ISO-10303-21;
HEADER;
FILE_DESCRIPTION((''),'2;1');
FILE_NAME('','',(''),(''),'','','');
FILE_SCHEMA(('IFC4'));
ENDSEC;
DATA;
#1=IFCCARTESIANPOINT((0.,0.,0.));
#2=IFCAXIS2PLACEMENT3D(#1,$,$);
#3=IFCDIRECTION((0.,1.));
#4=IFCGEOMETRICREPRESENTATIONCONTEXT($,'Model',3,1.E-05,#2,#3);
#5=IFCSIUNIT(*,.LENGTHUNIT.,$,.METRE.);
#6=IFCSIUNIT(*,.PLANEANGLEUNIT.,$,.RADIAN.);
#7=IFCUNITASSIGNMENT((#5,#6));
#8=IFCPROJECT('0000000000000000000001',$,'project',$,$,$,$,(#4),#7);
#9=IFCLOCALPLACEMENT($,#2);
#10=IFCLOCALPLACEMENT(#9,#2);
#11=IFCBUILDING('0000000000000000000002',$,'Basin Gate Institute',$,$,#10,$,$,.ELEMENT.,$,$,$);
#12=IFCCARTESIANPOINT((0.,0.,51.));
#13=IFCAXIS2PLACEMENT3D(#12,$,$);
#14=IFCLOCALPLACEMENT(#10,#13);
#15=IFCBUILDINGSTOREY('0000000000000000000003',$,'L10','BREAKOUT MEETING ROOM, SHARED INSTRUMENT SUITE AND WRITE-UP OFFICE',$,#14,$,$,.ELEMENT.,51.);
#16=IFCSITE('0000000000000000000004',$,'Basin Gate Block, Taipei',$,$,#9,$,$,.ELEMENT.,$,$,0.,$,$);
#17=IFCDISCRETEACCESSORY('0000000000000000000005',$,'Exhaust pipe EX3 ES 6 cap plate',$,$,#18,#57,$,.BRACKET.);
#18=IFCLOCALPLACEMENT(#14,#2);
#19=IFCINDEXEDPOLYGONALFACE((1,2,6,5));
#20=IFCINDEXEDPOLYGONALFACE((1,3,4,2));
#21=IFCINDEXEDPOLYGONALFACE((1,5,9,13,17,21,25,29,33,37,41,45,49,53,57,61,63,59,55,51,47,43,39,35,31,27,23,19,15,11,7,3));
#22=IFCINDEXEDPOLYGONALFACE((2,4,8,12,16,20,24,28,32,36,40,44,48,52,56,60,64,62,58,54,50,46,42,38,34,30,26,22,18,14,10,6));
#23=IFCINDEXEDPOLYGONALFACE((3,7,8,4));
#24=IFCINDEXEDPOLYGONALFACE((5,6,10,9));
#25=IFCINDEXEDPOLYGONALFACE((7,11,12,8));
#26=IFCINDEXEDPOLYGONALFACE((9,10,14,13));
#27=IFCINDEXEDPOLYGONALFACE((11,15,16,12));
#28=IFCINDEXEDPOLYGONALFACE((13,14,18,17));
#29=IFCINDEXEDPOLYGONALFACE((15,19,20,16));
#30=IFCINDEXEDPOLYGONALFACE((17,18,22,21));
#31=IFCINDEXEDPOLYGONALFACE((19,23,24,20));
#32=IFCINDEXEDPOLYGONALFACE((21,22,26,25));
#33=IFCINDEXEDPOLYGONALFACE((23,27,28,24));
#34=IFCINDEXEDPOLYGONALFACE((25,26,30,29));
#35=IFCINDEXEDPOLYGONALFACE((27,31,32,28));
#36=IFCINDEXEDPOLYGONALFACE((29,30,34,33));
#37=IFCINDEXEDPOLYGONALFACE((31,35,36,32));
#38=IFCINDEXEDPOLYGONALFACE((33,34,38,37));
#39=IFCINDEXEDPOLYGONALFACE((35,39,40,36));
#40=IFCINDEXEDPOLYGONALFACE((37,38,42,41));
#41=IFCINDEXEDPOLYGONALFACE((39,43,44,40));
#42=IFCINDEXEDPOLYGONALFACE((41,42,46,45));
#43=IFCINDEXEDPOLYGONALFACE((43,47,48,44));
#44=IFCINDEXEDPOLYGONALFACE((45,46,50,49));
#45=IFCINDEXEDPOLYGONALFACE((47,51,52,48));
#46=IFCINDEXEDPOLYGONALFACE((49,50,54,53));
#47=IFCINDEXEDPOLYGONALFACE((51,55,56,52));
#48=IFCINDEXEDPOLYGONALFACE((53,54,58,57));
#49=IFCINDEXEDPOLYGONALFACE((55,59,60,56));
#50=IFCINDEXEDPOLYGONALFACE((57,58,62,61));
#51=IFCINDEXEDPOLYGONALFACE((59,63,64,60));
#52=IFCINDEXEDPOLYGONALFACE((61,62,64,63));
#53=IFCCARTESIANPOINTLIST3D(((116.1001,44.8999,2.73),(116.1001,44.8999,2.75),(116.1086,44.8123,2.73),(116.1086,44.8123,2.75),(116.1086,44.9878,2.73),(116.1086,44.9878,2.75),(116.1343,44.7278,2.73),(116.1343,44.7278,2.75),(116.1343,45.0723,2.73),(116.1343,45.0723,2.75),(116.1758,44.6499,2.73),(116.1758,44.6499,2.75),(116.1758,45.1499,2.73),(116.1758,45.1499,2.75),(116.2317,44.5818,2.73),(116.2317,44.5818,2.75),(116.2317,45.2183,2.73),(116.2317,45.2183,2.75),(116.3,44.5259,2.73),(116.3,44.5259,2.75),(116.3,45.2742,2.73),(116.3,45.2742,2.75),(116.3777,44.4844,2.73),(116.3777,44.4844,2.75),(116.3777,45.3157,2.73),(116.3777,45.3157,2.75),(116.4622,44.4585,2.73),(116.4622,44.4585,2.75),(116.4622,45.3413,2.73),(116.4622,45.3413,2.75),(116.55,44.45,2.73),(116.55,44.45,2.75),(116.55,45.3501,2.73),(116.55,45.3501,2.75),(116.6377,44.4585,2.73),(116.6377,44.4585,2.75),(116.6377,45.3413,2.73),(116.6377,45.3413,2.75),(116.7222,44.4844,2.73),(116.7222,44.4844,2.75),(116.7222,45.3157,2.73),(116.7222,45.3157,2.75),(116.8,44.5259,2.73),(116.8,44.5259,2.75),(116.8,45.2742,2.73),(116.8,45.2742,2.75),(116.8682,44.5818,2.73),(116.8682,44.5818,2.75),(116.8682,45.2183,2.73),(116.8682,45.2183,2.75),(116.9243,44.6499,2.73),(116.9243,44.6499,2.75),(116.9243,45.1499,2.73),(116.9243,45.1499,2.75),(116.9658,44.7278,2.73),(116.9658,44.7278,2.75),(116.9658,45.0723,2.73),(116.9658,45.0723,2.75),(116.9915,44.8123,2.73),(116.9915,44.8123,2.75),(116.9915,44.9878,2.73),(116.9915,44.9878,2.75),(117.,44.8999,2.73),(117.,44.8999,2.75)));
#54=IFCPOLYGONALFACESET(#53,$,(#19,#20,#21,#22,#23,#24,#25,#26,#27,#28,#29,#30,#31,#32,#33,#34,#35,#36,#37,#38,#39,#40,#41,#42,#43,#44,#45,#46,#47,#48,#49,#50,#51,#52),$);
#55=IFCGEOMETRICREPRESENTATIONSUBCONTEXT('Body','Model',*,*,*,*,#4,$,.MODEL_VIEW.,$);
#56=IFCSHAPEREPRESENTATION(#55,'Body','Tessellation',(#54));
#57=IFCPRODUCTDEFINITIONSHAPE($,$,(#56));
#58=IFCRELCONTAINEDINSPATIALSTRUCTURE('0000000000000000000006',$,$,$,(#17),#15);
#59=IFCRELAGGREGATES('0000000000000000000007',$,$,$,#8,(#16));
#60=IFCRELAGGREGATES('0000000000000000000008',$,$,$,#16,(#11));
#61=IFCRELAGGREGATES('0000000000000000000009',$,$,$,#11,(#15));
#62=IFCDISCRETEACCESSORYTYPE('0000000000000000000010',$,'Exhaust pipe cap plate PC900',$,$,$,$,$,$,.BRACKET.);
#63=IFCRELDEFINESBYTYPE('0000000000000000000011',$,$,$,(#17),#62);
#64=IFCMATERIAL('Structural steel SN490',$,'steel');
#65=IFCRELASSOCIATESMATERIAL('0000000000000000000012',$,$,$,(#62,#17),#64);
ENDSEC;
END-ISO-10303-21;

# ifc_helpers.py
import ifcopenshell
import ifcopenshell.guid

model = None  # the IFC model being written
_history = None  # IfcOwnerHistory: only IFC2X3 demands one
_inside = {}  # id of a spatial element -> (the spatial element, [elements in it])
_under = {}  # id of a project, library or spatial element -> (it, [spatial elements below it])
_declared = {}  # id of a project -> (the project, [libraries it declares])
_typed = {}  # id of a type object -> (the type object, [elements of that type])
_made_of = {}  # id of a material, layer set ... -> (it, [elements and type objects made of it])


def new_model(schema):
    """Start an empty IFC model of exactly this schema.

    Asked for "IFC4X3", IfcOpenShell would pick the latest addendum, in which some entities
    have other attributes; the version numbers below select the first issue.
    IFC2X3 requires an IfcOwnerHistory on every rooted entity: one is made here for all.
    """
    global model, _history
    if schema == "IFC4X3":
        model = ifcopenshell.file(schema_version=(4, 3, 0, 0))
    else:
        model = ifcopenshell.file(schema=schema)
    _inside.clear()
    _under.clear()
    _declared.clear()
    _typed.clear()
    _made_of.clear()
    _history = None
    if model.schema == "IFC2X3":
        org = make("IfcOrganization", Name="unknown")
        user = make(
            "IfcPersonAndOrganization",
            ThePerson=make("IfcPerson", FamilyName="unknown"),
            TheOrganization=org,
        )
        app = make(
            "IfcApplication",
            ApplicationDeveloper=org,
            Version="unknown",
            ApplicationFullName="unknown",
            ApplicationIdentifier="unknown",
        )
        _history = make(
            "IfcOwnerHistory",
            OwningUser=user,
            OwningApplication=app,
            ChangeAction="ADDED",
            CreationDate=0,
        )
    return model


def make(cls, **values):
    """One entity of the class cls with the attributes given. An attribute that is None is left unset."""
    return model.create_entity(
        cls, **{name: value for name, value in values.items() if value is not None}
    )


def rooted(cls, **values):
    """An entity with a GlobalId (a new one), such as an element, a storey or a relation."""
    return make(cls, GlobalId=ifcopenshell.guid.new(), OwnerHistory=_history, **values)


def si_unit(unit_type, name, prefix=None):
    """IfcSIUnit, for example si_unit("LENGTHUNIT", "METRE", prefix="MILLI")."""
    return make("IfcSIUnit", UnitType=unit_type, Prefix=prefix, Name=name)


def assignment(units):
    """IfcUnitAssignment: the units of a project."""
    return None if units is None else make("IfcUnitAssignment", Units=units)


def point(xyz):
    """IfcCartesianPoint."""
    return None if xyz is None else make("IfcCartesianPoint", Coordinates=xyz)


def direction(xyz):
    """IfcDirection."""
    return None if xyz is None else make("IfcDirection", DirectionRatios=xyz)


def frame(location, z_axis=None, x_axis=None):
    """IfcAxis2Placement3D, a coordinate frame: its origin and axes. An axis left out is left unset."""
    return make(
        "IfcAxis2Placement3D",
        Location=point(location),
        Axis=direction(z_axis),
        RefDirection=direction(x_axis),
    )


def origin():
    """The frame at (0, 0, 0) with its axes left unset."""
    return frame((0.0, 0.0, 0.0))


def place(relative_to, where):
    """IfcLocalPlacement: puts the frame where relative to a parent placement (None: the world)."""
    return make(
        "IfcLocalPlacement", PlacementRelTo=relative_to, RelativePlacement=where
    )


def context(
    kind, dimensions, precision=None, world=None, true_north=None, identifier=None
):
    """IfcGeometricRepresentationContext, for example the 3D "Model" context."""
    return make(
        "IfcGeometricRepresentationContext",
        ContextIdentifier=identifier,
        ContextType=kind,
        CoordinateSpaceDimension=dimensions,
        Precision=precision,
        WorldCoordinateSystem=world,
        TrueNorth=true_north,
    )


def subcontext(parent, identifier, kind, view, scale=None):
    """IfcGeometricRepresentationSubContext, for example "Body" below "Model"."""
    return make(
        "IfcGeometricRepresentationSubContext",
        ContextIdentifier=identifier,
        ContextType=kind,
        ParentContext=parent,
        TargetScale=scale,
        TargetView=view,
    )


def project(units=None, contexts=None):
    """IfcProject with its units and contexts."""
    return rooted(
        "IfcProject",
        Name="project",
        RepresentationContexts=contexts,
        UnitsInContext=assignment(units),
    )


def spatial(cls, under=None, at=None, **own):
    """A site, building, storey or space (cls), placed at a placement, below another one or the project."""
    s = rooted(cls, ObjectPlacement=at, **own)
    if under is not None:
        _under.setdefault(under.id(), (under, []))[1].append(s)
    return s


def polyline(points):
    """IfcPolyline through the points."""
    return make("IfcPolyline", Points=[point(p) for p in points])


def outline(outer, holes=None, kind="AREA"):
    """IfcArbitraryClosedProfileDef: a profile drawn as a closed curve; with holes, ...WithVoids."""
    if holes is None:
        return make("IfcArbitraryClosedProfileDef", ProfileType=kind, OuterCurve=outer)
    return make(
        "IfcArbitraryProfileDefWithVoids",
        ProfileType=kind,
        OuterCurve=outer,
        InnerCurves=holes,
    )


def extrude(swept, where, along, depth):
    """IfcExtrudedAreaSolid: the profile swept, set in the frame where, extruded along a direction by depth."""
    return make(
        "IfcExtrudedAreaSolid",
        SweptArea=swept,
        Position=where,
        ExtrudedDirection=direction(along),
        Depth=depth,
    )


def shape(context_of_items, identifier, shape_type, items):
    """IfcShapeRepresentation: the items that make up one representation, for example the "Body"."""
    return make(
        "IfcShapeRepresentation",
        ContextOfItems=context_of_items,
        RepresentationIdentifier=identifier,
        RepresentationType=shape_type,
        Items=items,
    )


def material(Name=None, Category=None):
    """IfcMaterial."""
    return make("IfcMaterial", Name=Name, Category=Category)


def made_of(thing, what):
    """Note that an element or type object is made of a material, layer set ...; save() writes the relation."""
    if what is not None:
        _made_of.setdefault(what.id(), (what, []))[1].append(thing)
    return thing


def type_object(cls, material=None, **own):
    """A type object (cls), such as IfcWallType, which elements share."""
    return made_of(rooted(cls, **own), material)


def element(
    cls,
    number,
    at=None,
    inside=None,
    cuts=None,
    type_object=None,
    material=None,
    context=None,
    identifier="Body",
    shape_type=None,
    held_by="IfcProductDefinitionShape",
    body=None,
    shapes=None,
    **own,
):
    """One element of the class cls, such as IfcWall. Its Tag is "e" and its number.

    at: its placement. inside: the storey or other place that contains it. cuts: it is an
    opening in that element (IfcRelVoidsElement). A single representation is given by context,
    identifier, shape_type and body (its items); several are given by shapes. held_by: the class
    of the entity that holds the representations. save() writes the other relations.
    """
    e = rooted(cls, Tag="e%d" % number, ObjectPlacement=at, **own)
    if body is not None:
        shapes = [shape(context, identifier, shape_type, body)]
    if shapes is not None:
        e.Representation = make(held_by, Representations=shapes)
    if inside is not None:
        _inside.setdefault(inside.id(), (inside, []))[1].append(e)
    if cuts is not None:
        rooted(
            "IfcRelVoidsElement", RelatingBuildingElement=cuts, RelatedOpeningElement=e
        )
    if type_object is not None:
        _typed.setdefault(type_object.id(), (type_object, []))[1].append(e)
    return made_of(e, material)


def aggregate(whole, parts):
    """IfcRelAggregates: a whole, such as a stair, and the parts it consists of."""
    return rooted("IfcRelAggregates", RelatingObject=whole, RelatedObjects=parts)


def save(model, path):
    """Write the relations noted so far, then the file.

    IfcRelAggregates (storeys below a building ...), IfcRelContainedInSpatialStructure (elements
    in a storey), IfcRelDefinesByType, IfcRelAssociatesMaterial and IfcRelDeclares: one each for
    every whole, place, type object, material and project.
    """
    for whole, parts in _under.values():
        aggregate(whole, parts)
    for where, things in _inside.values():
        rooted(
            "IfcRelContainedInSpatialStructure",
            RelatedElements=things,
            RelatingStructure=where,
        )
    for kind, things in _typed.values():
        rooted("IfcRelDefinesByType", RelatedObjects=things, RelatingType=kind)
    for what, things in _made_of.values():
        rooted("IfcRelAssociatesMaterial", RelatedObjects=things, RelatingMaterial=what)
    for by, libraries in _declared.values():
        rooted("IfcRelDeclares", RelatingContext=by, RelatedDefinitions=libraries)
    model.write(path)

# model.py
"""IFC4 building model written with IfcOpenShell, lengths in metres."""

from ifc_helpers import new_model, si_unit, direction, frame, origin, place, context, subcontext, project, spatial, polyline, outline, extrude, material, type_object, element, save


model = new_model("IFC4")

# Units and contexts
model_context = context("Model", 3, precision=1e-05, world=origin(), true_north=direction((0.0, 1.0)))
body_context = subcontext(model_context, "Body", "Model", "MODEL_VIEW")
ifc_project = project(units=[si_unit("LENGTHUNIT", "METRE"), si_unit("PLANEANGLEUNIT", "RADIAN")], contexts=[model_context])

# Site, building, storey
site_placement = place(None, origin())
site = spatial("IfcSite", under=ifc_project, at=site_placement, Name="Basin Gate Block, Taipei", CompositionType="ELEMENT", RefElevation=0.0)
building_placement = place(site_placement, origin())
building = spatial("IfcBuilding", under=site, at=building_placement, Name="Basin Gate Institute", CompositionType="ELEMENT")
storey_placement = place(building_placement, frame((0.0, 0.0, 51.0)))
storey = spatial("IfcBuildingStorey", under=building, at=storey_placement, Name="L10", Description="BREAKOUT MEETING ROOM, SHARED INSTRUMENT SUITE AND WRITE-UP OFFICE", CompositionType="ELEMENT", Elevation=51.0)

# Discrete accessory
ifc_material_1 = material(Name="Structural steel SN490", Category="steel")
discrete_accessory_type_1 = type_object("IfcDiscreteAccessoryType", Name="Exhaust pipe cap plate PC900", PredefinedType="BRACKET", material=ifc_material_1)
discrete_accessory_1_placement = place(storey_placement, frame((0.0, 0.0, 2.73)))
element("IfcDiscreteAccessory", 1, at=discrete_accessory_1_placement, inside=storey, type_object=discrete_accessory_type_1, material=ifc_material_1, Name="Exhaust pipe EX3 ES 6 cap plate", PredefinedType="BRACKET", context=body_context, shape_type="SweptSolid", body=[
    extrude(outline(polyline([(117.0, 44.8999), (116.9915, 44.9878), (116.9658, 45.0723), (116.9243, 45.1499), (116.8682, 45.2183), (116.8, 45.2742), (116.7222, 45.3157), (116.6377, 45.3413), (116.55, 45.3501), (116.4622, 45.3413), (116.3777, 45.3157), (116.3, 45.2742), (116.2317, 45.2183), (116.1758, 45.1499), (116.1343, 45.0723), (116.1086, 44.9878), (116.1001, 44.8999), (116.1086, 44.8123), (116.1343, 44.7278), (116.1758, 44.6499), (116.2317, 44.5818), (116.3, 44.5259), (116.3777, 44.4844), (116.4622, 44.4585), (116.55, 44.45), (116.6377, 44.4585), (116.7222, 44.4844), (116.8, 44.5259), (116.8682, 44.5818), (116.9243, 44.6499), (116.9658, 44.7278), (116.9915, 44.8123), (117.0, 44.8999)])), origin(), (0.0, 0.0, 1.0), 0.02),
])

save(model, "model.ifc")
